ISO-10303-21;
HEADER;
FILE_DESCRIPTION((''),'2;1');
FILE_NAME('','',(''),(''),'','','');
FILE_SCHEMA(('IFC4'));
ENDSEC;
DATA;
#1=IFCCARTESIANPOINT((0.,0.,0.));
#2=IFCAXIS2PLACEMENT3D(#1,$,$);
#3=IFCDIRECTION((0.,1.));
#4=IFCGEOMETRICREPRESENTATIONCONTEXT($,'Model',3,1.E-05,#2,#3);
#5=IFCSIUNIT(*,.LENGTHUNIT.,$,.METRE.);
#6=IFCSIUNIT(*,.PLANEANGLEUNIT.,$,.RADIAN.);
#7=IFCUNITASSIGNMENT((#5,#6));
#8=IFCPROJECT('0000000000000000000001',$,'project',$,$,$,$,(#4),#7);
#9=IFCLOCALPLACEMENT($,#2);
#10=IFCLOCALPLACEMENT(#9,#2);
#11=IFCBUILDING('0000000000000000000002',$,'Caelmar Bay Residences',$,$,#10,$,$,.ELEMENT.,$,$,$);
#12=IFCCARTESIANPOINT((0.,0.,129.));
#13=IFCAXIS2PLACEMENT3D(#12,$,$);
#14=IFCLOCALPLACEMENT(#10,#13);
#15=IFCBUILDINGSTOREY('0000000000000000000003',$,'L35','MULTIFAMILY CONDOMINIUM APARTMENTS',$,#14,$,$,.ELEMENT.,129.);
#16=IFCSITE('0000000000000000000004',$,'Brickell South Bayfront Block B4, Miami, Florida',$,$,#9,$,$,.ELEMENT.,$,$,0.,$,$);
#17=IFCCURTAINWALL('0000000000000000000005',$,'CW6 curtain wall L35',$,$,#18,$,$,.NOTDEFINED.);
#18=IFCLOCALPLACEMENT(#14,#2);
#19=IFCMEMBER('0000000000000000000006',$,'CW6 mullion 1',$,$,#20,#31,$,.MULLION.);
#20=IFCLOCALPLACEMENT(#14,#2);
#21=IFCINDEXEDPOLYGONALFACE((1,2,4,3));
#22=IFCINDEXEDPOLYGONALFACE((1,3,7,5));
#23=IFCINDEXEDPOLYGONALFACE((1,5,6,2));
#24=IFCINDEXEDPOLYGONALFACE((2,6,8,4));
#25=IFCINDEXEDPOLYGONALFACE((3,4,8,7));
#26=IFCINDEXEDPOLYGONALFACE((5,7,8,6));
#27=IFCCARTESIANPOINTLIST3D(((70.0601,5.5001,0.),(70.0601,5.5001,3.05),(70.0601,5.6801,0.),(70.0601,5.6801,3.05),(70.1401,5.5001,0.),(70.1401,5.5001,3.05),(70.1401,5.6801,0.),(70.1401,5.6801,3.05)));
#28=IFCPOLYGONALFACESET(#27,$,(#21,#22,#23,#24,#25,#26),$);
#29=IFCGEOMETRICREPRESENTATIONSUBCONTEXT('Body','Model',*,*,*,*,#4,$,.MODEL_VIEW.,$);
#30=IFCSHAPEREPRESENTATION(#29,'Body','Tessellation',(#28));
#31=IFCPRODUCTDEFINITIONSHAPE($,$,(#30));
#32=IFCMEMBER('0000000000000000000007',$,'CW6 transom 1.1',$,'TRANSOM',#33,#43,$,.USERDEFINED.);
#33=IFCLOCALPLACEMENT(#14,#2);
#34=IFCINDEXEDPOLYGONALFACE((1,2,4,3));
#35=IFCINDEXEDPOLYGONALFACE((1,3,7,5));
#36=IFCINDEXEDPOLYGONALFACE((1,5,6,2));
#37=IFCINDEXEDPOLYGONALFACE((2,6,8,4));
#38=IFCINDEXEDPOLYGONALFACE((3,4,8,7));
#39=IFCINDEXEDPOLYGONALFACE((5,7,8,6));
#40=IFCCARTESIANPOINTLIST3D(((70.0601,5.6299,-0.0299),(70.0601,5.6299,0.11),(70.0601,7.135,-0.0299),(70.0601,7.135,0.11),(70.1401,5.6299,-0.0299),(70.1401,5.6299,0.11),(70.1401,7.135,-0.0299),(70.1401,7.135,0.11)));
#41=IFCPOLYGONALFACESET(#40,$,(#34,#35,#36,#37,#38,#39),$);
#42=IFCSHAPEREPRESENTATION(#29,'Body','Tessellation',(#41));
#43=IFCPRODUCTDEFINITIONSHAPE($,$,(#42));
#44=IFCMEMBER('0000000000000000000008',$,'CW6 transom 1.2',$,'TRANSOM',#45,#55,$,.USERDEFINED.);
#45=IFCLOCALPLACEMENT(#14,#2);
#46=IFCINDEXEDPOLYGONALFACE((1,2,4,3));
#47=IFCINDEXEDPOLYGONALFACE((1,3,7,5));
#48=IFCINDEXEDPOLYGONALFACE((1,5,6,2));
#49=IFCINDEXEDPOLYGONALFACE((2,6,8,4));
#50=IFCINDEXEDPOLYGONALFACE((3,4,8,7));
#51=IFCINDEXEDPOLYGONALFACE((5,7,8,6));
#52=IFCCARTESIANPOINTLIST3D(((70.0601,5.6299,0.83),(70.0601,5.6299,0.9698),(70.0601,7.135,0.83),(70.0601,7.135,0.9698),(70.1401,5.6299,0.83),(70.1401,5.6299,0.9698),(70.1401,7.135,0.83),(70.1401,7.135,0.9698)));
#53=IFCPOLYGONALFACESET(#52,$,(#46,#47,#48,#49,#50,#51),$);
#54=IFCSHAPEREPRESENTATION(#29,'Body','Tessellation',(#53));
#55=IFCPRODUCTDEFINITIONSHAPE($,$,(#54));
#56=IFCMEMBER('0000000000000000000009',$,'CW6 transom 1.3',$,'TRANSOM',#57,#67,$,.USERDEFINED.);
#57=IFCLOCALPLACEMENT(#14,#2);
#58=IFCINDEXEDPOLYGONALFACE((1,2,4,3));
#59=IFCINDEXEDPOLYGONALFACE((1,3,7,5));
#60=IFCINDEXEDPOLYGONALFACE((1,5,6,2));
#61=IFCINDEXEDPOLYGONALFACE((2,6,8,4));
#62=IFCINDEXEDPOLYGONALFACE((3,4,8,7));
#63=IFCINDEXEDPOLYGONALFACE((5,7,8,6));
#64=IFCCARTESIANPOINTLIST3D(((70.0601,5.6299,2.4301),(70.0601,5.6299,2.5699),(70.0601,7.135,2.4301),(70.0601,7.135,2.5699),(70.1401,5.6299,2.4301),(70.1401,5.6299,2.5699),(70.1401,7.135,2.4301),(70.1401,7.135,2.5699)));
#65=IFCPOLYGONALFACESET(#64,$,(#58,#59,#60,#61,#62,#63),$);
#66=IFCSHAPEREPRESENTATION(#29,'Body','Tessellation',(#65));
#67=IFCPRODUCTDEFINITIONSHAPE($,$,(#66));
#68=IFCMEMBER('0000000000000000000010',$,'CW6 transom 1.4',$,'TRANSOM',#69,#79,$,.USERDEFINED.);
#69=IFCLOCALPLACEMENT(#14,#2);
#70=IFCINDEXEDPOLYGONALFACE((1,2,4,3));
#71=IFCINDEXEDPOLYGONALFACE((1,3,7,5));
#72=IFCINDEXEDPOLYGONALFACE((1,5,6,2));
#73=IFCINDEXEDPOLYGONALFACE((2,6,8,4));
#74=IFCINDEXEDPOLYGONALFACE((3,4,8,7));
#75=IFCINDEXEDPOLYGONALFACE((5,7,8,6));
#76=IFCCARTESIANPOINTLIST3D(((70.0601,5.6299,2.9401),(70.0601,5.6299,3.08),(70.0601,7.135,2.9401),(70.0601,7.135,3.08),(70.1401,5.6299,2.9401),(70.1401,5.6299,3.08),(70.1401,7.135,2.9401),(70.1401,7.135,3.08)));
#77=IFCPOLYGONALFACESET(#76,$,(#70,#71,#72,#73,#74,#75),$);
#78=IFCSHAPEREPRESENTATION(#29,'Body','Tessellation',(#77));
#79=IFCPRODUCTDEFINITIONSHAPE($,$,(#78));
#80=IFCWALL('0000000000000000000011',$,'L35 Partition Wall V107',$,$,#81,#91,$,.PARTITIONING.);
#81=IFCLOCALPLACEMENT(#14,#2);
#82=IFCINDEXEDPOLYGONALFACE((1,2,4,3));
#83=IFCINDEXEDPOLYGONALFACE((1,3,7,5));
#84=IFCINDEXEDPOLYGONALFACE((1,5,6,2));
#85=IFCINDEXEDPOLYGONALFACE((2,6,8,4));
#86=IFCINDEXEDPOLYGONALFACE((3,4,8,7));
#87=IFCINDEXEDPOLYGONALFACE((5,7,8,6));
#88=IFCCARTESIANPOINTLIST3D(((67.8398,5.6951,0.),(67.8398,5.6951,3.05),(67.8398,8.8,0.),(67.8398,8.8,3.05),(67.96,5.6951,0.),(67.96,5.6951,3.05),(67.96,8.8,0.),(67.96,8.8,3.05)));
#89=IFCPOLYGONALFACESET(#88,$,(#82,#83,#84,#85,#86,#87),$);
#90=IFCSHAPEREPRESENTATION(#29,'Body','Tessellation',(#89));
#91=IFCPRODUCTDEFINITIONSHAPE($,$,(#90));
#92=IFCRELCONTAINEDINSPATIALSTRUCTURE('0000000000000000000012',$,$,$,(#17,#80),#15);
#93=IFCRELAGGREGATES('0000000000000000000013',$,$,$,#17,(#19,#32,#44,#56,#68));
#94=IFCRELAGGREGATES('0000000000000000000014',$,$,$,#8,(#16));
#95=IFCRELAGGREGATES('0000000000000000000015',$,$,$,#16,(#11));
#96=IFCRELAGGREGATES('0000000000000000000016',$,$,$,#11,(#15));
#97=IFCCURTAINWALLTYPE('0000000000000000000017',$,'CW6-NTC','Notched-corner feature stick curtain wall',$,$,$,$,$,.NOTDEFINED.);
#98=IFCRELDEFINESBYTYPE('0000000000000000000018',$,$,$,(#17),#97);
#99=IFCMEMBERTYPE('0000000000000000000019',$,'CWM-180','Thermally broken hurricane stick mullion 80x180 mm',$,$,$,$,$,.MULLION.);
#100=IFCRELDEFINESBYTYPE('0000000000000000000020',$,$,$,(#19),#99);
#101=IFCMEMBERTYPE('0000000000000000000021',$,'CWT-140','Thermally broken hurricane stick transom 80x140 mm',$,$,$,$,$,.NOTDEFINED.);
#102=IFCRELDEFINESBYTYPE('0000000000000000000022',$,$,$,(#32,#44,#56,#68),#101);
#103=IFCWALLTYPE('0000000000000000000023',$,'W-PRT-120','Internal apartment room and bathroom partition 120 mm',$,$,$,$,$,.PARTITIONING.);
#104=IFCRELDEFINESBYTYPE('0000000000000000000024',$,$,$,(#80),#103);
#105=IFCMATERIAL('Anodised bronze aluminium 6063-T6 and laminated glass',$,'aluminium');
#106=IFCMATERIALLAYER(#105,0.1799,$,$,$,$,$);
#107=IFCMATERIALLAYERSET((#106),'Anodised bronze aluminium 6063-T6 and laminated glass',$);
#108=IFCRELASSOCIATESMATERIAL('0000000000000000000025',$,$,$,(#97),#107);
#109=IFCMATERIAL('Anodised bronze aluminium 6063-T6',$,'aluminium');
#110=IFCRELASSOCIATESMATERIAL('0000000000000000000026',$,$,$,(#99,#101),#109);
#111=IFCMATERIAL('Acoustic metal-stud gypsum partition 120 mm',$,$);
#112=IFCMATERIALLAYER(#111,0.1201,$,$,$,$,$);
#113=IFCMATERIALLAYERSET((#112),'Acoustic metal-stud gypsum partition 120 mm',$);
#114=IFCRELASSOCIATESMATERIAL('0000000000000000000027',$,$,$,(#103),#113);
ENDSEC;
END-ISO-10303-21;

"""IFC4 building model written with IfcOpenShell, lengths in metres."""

from ifc_helpers import new_model, si_unit, direction, frame, frame_2d, origin, origin_2d, place, context, subcontext, project, spatial, rectangle, extrude, material, layer, layer_set, material_profile, profile_set, type_object, element, aggregate, save


model = new_model("IFC4")

# Units and contexts
model_context = context("Model", 3, precision=1e-05, world=origin(), true_north=direction((0.0, 1.0)))
body_context = subcontext(model_context, "Body", "Model", "MODEL_VIEW")
ifc_project = project(units=[si_unit("LENGTHUNIT", "METRE"), si_unit("PLANEANGLEUNIT", "RADIAN")], contexts=[model_context])

# Site, building, storey
site_placement = place(None, origin())
site = spatial("IfcSite", under=ifc_project, at=site_placement, Name="Brickell South Bayfront Block B4, Miami, Florida", CompositionType="ELEMENT", RefElevation=0.0)
building_placement = place(site_placement, origin())
building = spatial("IfcBuilding", under=site, at=building_placement, Name="Caelmar Bay Residences", CompositionType="ELEMENT")
storey_placement = place(building_placement, frame((0.0, 0.0, 129.0)))
storey = spatial("IfcBuildingStorey", under=building, at=storey_placement, Name="L35", Description="MULTIFAMILY CONDOMINIUM APARTMENTS", CompositionType="ELEMENT", Elevation=129.0)

# Curtain wall, members
ifc_material_1 = material(Name="Anodised bronze aluminium 6063-T6 and laminated glass", Category="aluminium")
ifc_layer_1 = layer(ifc_material_1, 0.1799)
ifc_layer_set_1 = layer_set([ifc_layer_1], Name="Anodised bronze aluminium 6063-T6 and laminated glass")
curtain_wall_type = type_object("IfcCurtainWallType", Name="CW6-NTC", Description="Notched-corner feature stick curtain wall", PredefinedType="NOTDEFINED", material=ifc_layer_set_1)
curtain_wall_placement = place(storey_placement, origin())
curtain_wall = element("IfcCurtainWall", 1, at=curtain_wall_placement, inside=storey, type_object=curtain_wall_type, Name="CW6 curtain wall L35", PredefinedType="NOTDEFINED")
ifc_material_2 = material(Name="Anodised bronze aluminium 6063-T6", Category="aluminium")
ifc_material_profile_1 = material_profile(ifc_material_2, rectangle(XDim=0.0801, YDim=0.1799, at=origin_2d()), Name="CWM-80X180")
ifc_profile_set_1 = profile_set([ifc_material_profile_1], Name="Anodised bronze aluminium 6063-T6")
member_type_1 = type_object("IfcMemberType", Name="CWM-180", Description="Thermally broken hurricane stick mullion 80x180 mm", PredefinedType="MULLION", material=ifc_profile_set_1)
member_1_placement = place(storey_placement, frame((70.1001, 5.5901, 0.0), z_axis=(0.0, 0.0, 1.0), x_axis=(-1.0, 0.0, 0.0)))
member_1 = element("IfcMember", 2, at=member_1_placement, type_object=member_type_1, Name="CW6 mullion 1", PredefinedType="MULLION", context=body_context, shape_type="SweptSolid", body=[
    extrude(rectangle(XDim=0.0801, YDim=0.1799, at=origin_2d()), origin(), (0.0, 0.0, 1.0), 3.05),
])
ifc_material_profile_2 = material_profile(ifc_material_2, rectangle(XDim=0.0801, YDim=0.1399, at=origin_2d()), Name="CWT-80X140")
ifc_profile_set_2 = profile_set([ifc_material_profile_2], Name="Anodised bronze aluminium 6063-T6")
member_type_2 = type_object("IfcMemberType", Name="CWT-140", Description="Thermally broken hurricane stick transom 80x140 mm", PredefinedType="NOTDEFINED", material=ifc_profile_set_2)
member_2_placement = place(storey_placement, frame((70.1001, 5.6299, 0.04), z_axis=(0.0, 1.0, 0.0), x_axis=(-1.0, 0.0, 0.0)))
member_2 = element("IfcMember", 3, at=member_2_placement, type_object=member_type_2, Name="CW6 transom 1.1", ObjectType="TRANSOM", PredefinedType="USERDEFINED", context=body_context, shape_type="SweptSolid", body=[
    extrude(rectangle(XDim=0.0801, YDim=0.1399, at=origin_2d()), origin(), (0.0, 0.0, 1.0), 1.5051),
])
member_3_placement = place(storey_placement, frame((70.1001, 5.6299, 0.8999), z_axis=(0.0, 1.0, 0.0), x_axis=(-1.0, 0.0, 0.0)))
member_3 = element("IfcMember", 4, at=member_3_placement, type_object=member_type_2, Name="CW6 transom 1.2", ObjectType="TRANSOM", PredefinedType="USERDEFINED", context=body_context, shape_type="SweptSolid", body=[
    extrude(rectangle(XDim=0.0801, YDim=0.1399, at=origin_2d()), origin(), (0.0, 0.0, 1.0), 1.5051),
])
member_4_placement = place(storey_placement, frame((70.1001, 5.6299, 2.5), z_axis=(0.0, 1.0, 0.0), x_axis=(-1.0, 0.0, 0.0)))
member_4 = element("IfcMember", 5, at=member_4_placement, type_object=member_type_2, Name="CW6 transom 1.3", ObjectType="TRANSOM", PredefinedType="USERDEFINED", context=body_context, shape_type="SweptSolid", body=[
    extrude(rectangle(XDim=0.0801, YDim=0.1399, at=origin_2d()), origin(), (0.0, 0.0, 1.0), 1.5051),
])
member_5_placement = place(storey_placement, frame((70.1001, 5.6299, 3.01), z_axis=(0.0, 1.0, 0.0), x_axis=(-1.0, 0.0, 0.0)))
member_5 = element("IfcMember", 6, at=member_5_placement, type_object=member_type_2, Name="CW6 transom 1.4", ObjectType="TRANSOM", PredefinedType="USERDEFINED", context=body_context, shape_type="SweptSolid", body=[
    extrude(rectangle(XDim=0.0801, YDim=0.1399, at=origin_2d()), origin(), (0.0, 0.0, 1.0), 1.5051),
])
aggregate(curtain_wall, [member_1, member_2, member_3, member_4, member_5])

# Wall
ifc_material_3 = material(Name="Acoustic metal-stud gypsum partition 120 mm")
ifc_layer_2 = layer(ifc_material_3, 0.1201)
ifc_layer_set_2 = layer_set([ifc_layer_2], Name="Acoustic metal-stud gypsum partition 120 mm")
wall_type_1 = type_object("IfcWallType", Name="W-PRT-120", Description="Internal apartment room and bathroom partition 120 mm", PredefinedType="PARTITIONING", material=ifc_layer_set_2)
wall_1_placement = place(storey_placement, frame((67.8999, 5.6951, 0.0), z_axis=(0.0, 0.0, 1.0), x_axis=(0.0, 1.0, 0.0)))
element("IfcWall", 7, at=wall_1_placement, inside=storey, type_object=wall_type_1, Name="L35 Partition Wall V107", PredefinedType="PARTITIONING", context=body_context, shape_type="SweptSolid", body=[
    extrude(rectangle(XDim=3.105, YDim=0.1201, at=frame_2d((1.5525, 0.0))), origin(), (0.0, 0.0, 1.0), 3.05),
])

save(model, "model.ifc")
